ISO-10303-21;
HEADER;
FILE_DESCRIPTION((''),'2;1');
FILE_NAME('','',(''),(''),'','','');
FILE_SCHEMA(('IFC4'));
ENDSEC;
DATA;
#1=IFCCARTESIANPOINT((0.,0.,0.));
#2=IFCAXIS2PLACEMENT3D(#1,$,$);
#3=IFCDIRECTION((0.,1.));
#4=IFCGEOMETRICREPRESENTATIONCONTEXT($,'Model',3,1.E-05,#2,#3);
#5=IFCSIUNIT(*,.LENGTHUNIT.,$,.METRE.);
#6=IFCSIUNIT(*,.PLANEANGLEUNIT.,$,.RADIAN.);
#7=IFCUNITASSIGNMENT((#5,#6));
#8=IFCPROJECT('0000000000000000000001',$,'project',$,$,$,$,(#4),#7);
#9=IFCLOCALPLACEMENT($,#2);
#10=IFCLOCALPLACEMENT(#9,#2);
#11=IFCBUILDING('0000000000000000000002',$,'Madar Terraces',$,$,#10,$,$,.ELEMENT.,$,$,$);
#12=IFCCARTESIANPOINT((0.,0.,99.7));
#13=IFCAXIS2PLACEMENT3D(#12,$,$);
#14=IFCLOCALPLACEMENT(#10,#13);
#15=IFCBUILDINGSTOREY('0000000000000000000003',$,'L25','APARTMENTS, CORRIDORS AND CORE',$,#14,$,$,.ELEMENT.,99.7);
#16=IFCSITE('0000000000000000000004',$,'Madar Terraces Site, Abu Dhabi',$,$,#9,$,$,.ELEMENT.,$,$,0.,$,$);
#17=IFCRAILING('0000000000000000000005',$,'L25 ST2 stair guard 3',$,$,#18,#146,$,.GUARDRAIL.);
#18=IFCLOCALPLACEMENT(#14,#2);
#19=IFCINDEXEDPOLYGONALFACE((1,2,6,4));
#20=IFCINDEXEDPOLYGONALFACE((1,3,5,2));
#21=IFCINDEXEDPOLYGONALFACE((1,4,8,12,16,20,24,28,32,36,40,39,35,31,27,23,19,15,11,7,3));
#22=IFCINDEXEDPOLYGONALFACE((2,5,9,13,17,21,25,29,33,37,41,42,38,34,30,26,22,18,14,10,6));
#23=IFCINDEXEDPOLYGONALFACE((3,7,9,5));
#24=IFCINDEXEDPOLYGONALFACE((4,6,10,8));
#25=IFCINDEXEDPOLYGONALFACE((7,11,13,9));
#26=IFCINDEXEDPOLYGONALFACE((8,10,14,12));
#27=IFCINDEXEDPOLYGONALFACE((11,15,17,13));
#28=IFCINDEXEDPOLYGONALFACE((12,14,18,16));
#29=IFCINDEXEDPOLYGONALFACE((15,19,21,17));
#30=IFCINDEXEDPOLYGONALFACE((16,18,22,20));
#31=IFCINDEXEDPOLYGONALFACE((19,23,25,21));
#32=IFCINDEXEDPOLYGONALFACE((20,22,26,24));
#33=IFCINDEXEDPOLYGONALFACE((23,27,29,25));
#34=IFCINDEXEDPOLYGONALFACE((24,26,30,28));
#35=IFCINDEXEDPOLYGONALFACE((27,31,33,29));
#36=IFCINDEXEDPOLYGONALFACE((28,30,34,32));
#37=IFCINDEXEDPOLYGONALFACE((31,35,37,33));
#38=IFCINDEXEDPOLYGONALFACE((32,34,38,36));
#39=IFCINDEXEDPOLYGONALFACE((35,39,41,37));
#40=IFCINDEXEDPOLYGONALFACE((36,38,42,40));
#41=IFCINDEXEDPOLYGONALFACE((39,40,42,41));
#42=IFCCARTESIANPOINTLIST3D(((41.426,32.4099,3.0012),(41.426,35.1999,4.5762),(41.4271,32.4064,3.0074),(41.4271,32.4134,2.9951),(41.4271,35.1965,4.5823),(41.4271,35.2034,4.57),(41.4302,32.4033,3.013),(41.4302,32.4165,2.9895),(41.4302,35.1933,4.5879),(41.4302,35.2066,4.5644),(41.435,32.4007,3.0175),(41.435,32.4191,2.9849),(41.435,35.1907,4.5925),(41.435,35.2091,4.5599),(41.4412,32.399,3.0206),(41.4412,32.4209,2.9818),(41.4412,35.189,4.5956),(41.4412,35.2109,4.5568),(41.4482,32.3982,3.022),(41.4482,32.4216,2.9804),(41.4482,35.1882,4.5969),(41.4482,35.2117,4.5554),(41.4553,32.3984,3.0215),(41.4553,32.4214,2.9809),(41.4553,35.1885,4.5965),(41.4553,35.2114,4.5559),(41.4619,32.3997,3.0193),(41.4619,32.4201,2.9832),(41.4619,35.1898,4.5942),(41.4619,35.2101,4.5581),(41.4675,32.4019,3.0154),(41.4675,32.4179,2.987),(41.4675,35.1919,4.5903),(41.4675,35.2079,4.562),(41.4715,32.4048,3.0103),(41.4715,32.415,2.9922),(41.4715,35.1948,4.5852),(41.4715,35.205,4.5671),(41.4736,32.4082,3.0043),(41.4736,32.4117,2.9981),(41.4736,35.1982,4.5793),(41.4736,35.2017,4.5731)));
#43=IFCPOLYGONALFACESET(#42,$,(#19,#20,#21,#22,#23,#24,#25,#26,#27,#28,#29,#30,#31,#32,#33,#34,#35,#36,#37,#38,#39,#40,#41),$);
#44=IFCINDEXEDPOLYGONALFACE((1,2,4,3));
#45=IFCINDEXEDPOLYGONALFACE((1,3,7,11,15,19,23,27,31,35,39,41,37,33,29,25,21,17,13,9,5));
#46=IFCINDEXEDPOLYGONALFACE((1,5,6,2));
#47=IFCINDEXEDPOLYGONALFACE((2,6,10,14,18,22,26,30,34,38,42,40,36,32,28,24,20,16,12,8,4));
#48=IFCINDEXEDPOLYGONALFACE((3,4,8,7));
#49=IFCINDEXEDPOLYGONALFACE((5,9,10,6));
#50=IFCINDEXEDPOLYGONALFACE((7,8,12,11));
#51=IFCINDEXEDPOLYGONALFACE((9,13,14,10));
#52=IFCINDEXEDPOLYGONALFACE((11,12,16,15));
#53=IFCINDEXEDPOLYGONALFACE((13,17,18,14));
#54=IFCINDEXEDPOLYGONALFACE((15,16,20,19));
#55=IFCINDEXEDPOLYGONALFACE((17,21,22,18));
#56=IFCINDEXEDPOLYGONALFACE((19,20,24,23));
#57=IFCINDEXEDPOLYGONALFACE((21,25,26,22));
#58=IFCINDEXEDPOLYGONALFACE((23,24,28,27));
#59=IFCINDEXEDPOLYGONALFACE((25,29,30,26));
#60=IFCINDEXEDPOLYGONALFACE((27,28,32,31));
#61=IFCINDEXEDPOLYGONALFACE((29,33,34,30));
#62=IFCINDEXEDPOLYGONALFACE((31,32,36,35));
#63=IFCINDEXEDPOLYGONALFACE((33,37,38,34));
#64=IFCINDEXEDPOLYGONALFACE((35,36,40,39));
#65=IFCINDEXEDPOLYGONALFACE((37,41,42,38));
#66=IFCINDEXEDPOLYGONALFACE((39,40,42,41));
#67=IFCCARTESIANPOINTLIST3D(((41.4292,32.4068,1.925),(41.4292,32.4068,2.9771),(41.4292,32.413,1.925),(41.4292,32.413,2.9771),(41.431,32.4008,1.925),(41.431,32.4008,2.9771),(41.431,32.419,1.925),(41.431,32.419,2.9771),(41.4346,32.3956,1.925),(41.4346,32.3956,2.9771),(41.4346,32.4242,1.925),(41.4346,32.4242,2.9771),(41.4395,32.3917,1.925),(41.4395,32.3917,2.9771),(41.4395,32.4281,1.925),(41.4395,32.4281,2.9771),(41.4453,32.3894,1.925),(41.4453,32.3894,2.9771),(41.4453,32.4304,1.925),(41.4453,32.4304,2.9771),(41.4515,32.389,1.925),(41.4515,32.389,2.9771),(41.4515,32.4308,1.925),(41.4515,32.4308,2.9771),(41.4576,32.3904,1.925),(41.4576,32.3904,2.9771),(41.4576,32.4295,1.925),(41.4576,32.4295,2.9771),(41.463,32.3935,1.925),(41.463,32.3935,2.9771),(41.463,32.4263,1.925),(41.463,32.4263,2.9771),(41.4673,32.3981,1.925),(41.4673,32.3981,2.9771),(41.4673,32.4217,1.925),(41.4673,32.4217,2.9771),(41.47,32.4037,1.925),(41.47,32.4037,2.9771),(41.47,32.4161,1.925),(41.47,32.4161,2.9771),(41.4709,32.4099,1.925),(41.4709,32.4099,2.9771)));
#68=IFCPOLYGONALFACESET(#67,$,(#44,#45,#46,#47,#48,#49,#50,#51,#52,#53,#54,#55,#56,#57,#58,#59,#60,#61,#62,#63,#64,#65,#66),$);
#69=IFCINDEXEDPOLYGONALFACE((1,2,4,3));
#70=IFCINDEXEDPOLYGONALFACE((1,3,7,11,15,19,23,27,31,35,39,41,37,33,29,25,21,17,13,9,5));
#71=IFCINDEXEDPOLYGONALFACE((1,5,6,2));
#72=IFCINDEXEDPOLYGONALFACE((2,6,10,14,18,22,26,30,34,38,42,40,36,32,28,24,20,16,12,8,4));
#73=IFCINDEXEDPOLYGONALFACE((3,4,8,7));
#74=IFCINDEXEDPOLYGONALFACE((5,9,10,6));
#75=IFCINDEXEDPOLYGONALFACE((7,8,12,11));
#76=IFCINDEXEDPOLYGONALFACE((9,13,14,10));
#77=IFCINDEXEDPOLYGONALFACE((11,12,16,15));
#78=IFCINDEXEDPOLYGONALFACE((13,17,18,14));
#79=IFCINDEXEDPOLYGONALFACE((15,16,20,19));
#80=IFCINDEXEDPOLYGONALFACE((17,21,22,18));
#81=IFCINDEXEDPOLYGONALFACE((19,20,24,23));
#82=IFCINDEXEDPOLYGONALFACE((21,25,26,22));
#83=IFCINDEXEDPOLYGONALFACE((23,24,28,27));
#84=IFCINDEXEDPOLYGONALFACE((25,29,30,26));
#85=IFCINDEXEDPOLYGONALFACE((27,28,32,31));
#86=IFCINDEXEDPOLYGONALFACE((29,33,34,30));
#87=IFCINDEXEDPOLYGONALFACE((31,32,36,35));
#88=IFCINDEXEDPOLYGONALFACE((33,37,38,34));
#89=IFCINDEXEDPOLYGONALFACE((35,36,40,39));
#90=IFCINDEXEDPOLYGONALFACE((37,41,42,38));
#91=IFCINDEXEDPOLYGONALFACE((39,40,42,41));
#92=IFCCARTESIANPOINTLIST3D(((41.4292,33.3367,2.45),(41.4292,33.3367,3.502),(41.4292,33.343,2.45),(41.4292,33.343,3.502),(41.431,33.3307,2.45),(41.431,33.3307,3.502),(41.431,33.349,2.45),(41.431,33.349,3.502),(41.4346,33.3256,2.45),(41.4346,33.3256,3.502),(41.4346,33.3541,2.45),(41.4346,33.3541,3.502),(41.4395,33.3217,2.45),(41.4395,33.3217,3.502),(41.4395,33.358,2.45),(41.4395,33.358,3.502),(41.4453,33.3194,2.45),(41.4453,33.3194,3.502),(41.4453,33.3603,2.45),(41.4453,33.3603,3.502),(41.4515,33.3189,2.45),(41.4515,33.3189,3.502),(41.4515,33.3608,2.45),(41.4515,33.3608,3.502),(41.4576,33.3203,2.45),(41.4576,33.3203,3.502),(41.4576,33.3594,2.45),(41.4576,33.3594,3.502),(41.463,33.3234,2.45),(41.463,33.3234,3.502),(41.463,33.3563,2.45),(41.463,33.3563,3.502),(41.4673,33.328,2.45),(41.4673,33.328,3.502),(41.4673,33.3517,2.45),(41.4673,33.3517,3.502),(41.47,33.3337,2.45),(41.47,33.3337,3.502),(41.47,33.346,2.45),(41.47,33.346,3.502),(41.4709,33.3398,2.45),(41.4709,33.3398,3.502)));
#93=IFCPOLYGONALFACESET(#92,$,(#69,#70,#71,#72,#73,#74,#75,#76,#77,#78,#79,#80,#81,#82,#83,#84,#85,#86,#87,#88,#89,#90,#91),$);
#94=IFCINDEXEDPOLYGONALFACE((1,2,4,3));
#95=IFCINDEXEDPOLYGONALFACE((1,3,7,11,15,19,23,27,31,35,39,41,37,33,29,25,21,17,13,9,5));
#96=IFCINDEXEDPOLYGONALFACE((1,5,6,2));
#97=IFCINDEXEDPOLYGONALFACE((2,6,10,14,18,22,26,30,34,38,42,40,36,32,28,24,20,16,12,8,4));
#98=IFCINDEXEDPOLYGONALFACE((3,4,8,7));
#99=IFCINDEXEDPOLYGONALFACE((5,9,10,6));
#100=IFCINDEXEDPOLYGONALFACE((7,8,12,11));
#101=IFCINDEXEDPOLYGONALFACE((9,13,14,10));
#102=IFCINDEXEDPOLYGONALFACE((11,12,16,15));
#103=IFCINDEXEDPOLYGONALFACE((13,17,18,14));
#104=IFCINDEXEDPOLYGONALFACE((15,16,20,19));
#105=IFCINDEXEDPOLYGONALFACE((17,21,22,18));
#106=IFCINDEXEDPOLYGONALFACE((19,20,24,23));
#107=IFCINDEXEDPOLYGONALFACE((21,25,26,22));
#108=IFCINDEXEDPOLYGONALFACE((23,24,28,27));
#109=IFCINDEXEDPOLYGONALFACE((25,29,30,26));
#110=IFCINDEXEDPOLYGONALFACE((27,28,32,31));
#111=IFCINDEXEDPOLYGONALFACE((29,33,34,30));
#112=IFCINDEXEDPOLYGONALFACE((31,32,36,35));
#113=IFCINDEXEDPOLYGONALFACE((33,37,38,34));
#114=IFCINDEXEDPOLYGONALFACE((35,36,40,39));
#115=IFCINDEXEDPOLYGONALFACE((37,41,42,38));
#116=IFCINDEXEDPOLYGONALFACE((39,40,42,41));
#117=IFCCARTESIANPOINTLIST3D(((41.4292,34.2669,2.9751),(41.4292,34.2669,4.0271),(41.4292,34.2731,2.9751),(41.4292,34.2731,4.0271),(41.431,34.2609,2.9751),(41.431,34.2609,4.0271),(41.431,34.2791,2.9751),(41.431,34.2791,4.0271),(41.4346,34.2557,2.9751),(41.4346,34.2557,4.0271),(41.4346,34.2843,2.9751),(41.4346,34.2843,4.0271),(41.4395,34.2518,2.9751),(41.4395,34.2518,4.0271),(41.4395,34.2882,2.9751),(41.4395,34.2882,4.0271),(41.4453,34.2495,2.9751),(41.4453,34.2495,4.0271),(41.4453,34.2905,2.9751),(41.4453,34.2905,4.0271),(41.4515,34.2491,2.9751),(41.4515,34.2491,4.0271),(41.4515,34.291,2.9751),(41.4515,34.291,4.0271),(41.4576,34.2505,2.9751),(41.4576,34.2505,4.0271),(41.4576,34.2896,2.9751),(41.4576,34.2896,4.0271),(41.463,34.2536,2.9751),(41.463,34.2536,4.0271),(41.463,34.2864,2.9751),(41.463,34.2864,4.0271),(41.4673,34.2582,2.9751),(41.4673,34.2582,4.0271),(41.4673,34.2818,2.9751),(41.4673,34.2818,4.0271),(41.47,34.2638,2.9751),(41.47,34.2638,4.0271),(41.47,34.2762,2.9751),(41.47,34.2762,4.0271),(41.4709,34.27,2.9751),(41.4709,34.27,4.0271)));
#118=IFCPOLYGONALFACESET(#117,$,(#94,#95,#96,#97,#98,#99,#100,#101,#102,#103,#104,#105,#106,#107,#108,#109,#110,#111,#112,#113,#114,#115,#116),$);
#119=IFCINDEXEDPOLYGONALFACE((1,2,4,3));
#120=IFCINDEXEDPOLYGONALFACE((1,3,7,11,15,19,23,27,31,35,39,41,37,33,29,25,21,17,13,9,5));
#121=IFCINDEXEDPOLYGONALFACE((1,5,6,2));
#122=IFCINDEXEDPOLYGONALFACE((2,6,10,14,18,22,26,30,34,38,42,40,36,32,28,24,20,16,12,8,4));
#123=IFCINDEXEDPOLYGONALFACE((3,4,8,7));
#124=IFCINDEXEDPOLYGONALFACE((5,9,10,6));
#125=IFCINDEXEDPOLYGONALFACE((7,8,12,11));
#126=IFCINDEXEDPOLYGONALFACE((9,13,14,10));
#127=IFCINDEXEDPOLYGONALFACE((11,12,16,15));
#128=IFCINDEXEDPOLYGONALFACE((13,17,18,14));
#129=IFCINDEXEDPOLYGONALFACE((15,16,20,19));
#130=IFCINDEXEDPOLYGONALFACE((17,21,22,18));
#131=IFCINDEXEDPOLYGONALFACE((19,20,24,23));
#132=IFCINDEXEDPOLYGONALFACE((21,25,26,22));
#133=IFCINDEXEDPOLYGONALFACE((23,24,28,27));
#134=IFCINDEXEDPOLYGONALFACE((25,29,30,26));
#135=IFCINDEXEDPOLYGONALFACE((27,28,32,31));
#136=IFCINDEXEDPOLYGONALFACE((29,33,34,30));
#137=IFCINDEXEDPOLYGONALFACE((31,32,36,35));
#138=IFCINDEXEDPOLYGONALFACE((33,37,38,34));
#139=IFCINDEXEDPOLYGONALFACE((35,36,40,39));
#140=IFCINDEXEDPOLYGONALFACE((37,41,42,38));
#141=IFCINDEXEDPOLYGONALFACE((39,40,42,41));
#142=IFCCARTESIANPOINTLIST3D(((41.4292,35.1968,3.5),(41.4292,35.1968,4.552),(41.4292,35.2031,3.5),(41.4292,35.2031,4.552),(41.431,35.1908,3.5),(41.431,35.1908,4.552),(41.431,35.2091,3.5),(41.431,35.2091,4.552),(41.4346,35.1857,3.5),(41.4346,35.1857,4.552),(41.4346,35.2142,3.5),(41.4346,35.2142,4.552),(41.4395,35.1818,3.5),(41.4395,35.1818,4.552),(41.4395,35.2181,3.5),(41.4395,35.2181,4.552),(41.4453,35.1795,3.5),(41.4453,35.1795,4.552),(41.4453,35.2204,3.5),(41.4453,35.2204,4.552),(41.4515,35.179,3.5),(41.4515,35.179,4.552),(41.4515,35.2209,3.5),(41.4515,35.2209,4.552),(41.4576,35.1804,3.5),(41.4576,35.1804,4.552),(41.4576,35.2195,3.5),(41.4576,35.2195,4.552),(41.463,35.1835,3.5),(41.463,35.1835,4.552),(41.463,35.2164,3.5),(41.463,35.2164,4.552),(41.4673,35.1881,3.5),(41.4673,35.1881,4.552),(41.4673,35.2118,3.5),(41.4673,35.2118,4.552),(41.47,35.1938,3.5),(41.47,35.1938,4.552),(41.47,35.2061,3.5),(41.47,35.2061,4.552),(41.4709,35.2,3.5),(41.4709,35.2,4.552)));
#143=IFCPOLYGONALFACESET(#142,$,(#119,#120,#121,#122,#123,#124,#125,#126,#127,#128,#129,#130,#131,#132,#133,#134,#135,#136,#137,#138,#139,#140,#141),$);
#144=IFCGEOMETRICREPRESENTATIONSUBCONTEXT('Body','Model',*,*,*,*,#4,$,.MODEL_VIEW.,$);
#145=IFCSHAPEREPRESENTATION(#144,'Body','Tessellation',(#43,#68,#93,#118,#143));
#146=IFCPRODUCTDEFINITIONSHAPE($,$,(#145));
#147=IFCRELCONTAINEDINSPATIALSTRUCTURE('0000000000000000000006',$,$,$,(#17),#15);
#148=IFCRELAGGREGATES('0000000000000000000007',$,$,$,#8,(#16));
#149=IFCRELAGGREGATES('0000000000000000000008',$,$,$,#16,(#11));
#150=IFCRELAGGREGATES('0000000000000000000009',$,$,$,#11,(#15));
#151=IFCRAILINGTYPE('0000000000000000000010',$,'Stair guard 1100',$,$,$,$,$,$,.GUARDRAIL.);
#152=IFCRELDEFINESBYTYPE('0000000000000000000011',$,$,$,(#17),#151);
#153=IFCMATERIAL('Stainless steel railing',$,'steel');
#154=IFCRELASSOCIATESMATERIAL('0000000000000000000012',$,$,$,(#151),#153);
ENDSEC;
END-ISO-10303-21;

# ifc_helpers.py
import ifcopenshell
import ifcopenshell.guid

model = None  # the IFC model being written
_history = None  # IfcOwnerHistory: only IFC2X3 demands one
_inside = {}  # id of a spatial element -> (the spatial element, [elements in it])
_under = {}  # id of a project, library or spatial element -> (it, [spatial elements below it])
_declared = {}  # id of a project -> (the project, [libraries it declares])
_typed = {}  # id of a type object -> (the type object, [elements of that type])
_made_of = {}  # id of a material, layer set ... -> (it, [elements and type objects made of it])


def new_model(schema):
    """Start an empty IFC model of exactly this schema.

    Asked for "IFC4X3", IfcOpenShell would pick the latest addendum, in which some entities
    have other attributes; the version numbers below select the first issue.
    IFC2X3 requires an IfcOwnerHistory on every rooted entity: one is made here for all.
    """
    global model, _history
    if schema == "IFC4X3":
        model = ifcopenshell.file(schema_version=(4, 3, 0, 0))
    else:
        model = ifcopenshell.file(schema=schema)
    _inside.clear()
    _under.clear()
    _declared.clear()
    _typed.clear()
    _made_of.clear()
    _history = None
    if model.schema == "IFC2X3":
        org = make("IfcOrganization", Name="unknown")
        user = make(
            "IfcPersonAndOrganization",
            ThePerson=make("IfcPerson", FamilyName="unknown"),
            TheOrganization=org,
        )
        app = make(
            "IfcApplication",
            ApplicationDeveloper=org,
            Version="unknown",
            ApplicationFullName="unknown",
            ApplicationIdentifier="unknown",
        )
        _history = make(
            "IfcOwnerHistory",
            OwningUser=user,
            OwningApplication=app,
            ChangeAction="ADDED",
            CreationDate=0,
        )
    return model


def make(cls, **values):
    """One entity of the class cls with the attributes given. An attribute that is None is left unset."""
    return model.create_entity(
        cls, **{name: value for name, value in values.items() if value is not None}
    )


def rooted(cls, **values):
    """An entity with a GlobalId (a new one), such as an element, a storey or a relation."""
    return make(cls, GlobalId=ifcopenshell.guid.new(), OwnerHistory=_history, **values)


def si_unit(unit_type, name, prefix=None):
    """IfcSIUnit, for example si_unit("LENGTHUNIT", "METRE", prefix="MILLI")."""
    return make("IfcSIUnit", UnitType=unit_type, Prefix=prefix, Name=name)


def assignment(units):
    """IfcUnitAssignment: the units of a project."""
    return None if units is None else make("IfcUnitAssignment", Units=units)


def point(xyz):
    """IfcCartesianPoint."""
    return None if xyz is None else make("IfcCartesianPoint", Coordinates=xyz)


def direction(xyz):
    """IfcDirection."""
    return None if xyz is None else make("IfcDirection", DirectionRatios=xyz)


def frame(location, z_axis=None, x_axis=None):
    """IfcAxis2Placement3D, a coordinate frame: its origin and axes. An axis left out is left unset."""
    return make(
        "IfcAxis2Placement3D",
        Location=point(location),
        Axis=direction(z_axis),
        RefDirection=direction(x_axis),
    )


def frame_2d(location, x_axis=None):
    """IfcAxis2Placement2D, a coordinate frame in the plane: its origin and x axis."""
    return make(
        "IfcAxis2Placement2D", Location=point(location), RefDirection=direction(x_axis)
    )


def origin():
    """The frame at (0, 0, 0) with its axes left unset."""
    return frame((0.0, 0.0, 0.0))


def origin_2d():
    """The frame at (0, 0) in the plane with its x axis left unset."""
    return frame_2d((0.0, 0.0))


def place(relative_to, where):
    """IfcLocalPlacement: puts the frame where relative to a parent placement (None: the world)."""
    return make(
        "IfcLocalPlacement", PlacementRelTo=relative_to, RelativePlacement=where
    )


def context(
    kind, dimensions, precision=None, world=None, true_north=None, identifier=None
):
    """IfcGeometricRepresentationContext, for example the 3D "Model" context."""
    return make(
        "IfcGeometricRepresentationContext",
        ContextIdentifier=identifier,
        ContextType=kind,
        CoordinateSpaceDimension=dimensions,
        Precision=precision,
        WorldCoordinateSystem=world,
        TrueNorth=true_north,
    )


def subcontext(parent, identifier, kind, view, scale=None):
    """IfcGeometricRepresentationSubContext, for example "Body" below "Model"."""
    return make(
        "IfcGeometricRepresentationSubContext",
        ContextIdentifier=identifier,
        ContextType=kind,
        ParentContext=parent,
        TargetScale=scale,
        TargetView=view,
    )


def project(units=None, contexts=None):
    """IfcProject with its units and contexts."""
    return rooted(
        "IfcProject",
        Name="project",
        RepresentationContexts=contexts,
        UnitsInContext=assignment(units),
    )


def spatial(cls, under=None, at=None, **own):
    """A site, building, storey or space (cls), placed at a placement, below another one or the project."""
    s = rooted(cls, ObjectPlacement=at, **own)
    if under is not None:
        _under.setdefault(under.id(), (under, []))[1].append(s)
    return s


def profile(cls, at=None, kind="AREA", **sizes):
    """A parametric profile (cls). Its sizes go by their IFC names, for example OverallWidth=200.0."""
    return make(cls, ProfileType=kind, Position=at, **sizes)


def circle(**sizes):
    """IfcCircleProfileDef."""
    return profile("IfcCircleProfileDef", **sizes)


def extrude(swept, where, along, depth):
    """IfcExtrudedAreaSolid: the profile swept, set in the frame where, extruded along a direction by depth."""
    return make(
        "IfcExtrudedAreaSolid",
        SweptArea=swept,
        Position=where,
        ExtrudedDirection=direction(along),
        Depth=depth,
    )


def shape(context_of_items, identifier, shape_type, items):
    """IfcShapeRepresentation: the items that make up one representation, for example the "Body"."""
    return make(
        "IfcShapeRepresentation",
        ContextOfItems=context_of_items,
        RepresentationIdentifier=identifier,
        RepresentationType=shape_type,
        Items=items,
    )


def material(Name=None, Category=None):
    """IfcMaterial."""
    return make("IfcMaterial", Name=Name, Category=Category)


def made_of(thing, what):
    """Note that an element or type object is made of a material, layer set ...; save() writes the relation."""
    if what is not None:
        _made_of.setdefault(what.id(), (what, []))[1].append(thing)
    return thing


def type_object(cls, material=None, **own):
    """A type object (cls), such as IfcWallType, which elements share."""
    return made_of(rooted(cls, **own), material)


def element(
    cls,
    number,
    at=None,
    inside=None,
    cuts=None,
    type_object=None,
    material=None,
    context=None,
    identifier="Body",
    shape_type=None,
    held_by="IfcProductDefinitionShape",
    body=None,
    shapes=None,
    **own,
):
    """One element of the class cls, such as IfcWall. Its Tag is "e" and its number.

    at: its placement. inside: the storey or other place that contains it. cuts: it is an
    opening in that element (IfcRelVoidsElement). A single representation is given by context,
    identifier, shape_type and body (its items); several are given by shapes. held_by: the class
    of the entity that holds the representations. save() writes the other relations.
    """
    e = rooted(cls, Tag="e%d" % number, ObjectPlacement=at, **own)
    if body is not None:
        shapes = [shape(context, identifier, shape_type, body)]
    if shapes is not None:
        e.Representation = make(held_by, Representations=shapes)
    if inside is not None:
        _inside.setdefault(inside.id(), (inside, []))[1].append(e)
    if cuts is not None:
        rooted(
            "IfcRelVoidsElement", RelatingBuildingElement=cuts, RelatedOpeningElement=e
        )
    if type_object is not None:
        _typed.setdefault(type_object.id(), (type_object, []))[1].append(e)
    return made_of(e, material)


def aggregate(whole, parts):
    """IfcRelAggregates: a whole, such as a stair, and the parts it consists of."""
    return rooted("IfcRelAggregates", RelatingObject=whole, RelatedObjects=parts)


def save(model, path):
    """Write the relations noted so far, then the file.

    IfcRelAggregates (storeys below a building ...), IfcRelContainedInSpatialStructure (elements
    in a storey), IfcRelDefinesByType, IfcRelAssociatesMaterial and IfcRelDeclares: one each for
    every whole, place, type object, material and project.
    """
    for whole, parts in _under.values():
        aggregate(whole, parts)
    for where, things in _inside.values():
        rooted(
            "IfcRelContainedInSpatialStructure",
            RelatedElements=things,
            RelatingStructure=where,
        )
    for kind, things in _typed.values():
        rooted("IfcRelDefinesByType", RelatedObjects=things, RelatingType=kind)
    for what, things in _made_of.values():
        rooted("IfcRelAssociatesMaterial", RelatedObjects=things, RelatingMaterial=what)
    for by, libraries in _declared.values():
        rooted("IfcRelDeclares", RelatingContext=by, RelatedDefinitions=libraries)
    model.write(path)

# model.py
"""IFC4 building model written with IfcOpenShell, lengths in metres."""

from ifc_helpers import new_model, si_unit, direction, frame, origin, origin_2d, place, context, subcontext, project, spatial, circle, extrude, material, type_object, element, save


model = new_model("IFC4")

# Units and contexts
model_context = context("Model", 3, precision=1e-05, world=origin(), true_north=direction((0.0, 1.0)))
body_context = subcontext(model_context, "Body", "Model", "MODEL_VIEW")
ifc_project = project(units=[si_unit("LENGTHUNIT", "METRE"), si_unit("PLANEANGLEUNIT", "RADIAN")], contexts=[model_context])

# Site, building, storey
site_placement = place(None, origin())
site = spatial("IfcSite", under=ifc_project, at=site_placement, Name="Madar Terraces Site, Abu Dhabi", CompositionType="ELEMENT", RefElevation=0.0)
building_placement = place(site_placement, origin())
building = spatial("IfcBuilding", under=site, at=building_placement, Name="Madar Terraces", CompositionType="ELEMENT")
storey_placement = place(building_placement, frame((0.0, 0.0, 99.7)))
storey = spatial("IfcBuildingStorey", under=building, at=storey_placement, Name="L25", Description="APARTMENTS, CORRIDORS AND CORE", CompositionType="ELEMENT", Elevation=99.7)

# Railing
ifc_material_1 = material(Name="Stainless steel railing", Category="steel")
railing_type_1 = type_object("IfcRailingType", Name="Stair guard 1100", PredefinedType="GUARDRAIL", material=ifc_material_1)
railing_1_placement = place(storey_placement, frame((41.45, 32.4099, 1.925)))
element("IfcRailing", 1, at=railing_1_placement, inside=storey, type_object=railing_type_1, Name="L25 ST2 stair guard 3", PredefinedType="GUARDRAIL", context=body_context, shape_type="SweptSolid", body=[
    extrude(circle(Radius=0.0239, at=origin_2d()), frame((0.0, 0.0, 1.0762), z_axis=(0.0, 0.870834, 0.491578), x_axis=(-1.0, 0.0, 0.0)), (0.0, 0.0, 1.0), 3.2039),
    extrude(circle(Radius=0.021, at=origin_2d()), origin(), (0.0, 0.0, 1.0), 1.052),
    extrude(circle(Radius=0.021, at=origin_2d()), frame((0.0, 0.9299, 0.5249)), (0.0, 0.0, 1.0), 1.052),
    extrude(circle(Radius=0.021, at=origin_2d()), frame((0.0, 1.8601, 1.05)), (0.0, 0.0, 1.0), 1.052),
    extrude(circle(Radius=0.021, at=origin_2d()), frame((0.0, 2.79, 1.575)), (0.0, 0.0, 1.0), 1.052),
])

save(model, "model.ifc")
